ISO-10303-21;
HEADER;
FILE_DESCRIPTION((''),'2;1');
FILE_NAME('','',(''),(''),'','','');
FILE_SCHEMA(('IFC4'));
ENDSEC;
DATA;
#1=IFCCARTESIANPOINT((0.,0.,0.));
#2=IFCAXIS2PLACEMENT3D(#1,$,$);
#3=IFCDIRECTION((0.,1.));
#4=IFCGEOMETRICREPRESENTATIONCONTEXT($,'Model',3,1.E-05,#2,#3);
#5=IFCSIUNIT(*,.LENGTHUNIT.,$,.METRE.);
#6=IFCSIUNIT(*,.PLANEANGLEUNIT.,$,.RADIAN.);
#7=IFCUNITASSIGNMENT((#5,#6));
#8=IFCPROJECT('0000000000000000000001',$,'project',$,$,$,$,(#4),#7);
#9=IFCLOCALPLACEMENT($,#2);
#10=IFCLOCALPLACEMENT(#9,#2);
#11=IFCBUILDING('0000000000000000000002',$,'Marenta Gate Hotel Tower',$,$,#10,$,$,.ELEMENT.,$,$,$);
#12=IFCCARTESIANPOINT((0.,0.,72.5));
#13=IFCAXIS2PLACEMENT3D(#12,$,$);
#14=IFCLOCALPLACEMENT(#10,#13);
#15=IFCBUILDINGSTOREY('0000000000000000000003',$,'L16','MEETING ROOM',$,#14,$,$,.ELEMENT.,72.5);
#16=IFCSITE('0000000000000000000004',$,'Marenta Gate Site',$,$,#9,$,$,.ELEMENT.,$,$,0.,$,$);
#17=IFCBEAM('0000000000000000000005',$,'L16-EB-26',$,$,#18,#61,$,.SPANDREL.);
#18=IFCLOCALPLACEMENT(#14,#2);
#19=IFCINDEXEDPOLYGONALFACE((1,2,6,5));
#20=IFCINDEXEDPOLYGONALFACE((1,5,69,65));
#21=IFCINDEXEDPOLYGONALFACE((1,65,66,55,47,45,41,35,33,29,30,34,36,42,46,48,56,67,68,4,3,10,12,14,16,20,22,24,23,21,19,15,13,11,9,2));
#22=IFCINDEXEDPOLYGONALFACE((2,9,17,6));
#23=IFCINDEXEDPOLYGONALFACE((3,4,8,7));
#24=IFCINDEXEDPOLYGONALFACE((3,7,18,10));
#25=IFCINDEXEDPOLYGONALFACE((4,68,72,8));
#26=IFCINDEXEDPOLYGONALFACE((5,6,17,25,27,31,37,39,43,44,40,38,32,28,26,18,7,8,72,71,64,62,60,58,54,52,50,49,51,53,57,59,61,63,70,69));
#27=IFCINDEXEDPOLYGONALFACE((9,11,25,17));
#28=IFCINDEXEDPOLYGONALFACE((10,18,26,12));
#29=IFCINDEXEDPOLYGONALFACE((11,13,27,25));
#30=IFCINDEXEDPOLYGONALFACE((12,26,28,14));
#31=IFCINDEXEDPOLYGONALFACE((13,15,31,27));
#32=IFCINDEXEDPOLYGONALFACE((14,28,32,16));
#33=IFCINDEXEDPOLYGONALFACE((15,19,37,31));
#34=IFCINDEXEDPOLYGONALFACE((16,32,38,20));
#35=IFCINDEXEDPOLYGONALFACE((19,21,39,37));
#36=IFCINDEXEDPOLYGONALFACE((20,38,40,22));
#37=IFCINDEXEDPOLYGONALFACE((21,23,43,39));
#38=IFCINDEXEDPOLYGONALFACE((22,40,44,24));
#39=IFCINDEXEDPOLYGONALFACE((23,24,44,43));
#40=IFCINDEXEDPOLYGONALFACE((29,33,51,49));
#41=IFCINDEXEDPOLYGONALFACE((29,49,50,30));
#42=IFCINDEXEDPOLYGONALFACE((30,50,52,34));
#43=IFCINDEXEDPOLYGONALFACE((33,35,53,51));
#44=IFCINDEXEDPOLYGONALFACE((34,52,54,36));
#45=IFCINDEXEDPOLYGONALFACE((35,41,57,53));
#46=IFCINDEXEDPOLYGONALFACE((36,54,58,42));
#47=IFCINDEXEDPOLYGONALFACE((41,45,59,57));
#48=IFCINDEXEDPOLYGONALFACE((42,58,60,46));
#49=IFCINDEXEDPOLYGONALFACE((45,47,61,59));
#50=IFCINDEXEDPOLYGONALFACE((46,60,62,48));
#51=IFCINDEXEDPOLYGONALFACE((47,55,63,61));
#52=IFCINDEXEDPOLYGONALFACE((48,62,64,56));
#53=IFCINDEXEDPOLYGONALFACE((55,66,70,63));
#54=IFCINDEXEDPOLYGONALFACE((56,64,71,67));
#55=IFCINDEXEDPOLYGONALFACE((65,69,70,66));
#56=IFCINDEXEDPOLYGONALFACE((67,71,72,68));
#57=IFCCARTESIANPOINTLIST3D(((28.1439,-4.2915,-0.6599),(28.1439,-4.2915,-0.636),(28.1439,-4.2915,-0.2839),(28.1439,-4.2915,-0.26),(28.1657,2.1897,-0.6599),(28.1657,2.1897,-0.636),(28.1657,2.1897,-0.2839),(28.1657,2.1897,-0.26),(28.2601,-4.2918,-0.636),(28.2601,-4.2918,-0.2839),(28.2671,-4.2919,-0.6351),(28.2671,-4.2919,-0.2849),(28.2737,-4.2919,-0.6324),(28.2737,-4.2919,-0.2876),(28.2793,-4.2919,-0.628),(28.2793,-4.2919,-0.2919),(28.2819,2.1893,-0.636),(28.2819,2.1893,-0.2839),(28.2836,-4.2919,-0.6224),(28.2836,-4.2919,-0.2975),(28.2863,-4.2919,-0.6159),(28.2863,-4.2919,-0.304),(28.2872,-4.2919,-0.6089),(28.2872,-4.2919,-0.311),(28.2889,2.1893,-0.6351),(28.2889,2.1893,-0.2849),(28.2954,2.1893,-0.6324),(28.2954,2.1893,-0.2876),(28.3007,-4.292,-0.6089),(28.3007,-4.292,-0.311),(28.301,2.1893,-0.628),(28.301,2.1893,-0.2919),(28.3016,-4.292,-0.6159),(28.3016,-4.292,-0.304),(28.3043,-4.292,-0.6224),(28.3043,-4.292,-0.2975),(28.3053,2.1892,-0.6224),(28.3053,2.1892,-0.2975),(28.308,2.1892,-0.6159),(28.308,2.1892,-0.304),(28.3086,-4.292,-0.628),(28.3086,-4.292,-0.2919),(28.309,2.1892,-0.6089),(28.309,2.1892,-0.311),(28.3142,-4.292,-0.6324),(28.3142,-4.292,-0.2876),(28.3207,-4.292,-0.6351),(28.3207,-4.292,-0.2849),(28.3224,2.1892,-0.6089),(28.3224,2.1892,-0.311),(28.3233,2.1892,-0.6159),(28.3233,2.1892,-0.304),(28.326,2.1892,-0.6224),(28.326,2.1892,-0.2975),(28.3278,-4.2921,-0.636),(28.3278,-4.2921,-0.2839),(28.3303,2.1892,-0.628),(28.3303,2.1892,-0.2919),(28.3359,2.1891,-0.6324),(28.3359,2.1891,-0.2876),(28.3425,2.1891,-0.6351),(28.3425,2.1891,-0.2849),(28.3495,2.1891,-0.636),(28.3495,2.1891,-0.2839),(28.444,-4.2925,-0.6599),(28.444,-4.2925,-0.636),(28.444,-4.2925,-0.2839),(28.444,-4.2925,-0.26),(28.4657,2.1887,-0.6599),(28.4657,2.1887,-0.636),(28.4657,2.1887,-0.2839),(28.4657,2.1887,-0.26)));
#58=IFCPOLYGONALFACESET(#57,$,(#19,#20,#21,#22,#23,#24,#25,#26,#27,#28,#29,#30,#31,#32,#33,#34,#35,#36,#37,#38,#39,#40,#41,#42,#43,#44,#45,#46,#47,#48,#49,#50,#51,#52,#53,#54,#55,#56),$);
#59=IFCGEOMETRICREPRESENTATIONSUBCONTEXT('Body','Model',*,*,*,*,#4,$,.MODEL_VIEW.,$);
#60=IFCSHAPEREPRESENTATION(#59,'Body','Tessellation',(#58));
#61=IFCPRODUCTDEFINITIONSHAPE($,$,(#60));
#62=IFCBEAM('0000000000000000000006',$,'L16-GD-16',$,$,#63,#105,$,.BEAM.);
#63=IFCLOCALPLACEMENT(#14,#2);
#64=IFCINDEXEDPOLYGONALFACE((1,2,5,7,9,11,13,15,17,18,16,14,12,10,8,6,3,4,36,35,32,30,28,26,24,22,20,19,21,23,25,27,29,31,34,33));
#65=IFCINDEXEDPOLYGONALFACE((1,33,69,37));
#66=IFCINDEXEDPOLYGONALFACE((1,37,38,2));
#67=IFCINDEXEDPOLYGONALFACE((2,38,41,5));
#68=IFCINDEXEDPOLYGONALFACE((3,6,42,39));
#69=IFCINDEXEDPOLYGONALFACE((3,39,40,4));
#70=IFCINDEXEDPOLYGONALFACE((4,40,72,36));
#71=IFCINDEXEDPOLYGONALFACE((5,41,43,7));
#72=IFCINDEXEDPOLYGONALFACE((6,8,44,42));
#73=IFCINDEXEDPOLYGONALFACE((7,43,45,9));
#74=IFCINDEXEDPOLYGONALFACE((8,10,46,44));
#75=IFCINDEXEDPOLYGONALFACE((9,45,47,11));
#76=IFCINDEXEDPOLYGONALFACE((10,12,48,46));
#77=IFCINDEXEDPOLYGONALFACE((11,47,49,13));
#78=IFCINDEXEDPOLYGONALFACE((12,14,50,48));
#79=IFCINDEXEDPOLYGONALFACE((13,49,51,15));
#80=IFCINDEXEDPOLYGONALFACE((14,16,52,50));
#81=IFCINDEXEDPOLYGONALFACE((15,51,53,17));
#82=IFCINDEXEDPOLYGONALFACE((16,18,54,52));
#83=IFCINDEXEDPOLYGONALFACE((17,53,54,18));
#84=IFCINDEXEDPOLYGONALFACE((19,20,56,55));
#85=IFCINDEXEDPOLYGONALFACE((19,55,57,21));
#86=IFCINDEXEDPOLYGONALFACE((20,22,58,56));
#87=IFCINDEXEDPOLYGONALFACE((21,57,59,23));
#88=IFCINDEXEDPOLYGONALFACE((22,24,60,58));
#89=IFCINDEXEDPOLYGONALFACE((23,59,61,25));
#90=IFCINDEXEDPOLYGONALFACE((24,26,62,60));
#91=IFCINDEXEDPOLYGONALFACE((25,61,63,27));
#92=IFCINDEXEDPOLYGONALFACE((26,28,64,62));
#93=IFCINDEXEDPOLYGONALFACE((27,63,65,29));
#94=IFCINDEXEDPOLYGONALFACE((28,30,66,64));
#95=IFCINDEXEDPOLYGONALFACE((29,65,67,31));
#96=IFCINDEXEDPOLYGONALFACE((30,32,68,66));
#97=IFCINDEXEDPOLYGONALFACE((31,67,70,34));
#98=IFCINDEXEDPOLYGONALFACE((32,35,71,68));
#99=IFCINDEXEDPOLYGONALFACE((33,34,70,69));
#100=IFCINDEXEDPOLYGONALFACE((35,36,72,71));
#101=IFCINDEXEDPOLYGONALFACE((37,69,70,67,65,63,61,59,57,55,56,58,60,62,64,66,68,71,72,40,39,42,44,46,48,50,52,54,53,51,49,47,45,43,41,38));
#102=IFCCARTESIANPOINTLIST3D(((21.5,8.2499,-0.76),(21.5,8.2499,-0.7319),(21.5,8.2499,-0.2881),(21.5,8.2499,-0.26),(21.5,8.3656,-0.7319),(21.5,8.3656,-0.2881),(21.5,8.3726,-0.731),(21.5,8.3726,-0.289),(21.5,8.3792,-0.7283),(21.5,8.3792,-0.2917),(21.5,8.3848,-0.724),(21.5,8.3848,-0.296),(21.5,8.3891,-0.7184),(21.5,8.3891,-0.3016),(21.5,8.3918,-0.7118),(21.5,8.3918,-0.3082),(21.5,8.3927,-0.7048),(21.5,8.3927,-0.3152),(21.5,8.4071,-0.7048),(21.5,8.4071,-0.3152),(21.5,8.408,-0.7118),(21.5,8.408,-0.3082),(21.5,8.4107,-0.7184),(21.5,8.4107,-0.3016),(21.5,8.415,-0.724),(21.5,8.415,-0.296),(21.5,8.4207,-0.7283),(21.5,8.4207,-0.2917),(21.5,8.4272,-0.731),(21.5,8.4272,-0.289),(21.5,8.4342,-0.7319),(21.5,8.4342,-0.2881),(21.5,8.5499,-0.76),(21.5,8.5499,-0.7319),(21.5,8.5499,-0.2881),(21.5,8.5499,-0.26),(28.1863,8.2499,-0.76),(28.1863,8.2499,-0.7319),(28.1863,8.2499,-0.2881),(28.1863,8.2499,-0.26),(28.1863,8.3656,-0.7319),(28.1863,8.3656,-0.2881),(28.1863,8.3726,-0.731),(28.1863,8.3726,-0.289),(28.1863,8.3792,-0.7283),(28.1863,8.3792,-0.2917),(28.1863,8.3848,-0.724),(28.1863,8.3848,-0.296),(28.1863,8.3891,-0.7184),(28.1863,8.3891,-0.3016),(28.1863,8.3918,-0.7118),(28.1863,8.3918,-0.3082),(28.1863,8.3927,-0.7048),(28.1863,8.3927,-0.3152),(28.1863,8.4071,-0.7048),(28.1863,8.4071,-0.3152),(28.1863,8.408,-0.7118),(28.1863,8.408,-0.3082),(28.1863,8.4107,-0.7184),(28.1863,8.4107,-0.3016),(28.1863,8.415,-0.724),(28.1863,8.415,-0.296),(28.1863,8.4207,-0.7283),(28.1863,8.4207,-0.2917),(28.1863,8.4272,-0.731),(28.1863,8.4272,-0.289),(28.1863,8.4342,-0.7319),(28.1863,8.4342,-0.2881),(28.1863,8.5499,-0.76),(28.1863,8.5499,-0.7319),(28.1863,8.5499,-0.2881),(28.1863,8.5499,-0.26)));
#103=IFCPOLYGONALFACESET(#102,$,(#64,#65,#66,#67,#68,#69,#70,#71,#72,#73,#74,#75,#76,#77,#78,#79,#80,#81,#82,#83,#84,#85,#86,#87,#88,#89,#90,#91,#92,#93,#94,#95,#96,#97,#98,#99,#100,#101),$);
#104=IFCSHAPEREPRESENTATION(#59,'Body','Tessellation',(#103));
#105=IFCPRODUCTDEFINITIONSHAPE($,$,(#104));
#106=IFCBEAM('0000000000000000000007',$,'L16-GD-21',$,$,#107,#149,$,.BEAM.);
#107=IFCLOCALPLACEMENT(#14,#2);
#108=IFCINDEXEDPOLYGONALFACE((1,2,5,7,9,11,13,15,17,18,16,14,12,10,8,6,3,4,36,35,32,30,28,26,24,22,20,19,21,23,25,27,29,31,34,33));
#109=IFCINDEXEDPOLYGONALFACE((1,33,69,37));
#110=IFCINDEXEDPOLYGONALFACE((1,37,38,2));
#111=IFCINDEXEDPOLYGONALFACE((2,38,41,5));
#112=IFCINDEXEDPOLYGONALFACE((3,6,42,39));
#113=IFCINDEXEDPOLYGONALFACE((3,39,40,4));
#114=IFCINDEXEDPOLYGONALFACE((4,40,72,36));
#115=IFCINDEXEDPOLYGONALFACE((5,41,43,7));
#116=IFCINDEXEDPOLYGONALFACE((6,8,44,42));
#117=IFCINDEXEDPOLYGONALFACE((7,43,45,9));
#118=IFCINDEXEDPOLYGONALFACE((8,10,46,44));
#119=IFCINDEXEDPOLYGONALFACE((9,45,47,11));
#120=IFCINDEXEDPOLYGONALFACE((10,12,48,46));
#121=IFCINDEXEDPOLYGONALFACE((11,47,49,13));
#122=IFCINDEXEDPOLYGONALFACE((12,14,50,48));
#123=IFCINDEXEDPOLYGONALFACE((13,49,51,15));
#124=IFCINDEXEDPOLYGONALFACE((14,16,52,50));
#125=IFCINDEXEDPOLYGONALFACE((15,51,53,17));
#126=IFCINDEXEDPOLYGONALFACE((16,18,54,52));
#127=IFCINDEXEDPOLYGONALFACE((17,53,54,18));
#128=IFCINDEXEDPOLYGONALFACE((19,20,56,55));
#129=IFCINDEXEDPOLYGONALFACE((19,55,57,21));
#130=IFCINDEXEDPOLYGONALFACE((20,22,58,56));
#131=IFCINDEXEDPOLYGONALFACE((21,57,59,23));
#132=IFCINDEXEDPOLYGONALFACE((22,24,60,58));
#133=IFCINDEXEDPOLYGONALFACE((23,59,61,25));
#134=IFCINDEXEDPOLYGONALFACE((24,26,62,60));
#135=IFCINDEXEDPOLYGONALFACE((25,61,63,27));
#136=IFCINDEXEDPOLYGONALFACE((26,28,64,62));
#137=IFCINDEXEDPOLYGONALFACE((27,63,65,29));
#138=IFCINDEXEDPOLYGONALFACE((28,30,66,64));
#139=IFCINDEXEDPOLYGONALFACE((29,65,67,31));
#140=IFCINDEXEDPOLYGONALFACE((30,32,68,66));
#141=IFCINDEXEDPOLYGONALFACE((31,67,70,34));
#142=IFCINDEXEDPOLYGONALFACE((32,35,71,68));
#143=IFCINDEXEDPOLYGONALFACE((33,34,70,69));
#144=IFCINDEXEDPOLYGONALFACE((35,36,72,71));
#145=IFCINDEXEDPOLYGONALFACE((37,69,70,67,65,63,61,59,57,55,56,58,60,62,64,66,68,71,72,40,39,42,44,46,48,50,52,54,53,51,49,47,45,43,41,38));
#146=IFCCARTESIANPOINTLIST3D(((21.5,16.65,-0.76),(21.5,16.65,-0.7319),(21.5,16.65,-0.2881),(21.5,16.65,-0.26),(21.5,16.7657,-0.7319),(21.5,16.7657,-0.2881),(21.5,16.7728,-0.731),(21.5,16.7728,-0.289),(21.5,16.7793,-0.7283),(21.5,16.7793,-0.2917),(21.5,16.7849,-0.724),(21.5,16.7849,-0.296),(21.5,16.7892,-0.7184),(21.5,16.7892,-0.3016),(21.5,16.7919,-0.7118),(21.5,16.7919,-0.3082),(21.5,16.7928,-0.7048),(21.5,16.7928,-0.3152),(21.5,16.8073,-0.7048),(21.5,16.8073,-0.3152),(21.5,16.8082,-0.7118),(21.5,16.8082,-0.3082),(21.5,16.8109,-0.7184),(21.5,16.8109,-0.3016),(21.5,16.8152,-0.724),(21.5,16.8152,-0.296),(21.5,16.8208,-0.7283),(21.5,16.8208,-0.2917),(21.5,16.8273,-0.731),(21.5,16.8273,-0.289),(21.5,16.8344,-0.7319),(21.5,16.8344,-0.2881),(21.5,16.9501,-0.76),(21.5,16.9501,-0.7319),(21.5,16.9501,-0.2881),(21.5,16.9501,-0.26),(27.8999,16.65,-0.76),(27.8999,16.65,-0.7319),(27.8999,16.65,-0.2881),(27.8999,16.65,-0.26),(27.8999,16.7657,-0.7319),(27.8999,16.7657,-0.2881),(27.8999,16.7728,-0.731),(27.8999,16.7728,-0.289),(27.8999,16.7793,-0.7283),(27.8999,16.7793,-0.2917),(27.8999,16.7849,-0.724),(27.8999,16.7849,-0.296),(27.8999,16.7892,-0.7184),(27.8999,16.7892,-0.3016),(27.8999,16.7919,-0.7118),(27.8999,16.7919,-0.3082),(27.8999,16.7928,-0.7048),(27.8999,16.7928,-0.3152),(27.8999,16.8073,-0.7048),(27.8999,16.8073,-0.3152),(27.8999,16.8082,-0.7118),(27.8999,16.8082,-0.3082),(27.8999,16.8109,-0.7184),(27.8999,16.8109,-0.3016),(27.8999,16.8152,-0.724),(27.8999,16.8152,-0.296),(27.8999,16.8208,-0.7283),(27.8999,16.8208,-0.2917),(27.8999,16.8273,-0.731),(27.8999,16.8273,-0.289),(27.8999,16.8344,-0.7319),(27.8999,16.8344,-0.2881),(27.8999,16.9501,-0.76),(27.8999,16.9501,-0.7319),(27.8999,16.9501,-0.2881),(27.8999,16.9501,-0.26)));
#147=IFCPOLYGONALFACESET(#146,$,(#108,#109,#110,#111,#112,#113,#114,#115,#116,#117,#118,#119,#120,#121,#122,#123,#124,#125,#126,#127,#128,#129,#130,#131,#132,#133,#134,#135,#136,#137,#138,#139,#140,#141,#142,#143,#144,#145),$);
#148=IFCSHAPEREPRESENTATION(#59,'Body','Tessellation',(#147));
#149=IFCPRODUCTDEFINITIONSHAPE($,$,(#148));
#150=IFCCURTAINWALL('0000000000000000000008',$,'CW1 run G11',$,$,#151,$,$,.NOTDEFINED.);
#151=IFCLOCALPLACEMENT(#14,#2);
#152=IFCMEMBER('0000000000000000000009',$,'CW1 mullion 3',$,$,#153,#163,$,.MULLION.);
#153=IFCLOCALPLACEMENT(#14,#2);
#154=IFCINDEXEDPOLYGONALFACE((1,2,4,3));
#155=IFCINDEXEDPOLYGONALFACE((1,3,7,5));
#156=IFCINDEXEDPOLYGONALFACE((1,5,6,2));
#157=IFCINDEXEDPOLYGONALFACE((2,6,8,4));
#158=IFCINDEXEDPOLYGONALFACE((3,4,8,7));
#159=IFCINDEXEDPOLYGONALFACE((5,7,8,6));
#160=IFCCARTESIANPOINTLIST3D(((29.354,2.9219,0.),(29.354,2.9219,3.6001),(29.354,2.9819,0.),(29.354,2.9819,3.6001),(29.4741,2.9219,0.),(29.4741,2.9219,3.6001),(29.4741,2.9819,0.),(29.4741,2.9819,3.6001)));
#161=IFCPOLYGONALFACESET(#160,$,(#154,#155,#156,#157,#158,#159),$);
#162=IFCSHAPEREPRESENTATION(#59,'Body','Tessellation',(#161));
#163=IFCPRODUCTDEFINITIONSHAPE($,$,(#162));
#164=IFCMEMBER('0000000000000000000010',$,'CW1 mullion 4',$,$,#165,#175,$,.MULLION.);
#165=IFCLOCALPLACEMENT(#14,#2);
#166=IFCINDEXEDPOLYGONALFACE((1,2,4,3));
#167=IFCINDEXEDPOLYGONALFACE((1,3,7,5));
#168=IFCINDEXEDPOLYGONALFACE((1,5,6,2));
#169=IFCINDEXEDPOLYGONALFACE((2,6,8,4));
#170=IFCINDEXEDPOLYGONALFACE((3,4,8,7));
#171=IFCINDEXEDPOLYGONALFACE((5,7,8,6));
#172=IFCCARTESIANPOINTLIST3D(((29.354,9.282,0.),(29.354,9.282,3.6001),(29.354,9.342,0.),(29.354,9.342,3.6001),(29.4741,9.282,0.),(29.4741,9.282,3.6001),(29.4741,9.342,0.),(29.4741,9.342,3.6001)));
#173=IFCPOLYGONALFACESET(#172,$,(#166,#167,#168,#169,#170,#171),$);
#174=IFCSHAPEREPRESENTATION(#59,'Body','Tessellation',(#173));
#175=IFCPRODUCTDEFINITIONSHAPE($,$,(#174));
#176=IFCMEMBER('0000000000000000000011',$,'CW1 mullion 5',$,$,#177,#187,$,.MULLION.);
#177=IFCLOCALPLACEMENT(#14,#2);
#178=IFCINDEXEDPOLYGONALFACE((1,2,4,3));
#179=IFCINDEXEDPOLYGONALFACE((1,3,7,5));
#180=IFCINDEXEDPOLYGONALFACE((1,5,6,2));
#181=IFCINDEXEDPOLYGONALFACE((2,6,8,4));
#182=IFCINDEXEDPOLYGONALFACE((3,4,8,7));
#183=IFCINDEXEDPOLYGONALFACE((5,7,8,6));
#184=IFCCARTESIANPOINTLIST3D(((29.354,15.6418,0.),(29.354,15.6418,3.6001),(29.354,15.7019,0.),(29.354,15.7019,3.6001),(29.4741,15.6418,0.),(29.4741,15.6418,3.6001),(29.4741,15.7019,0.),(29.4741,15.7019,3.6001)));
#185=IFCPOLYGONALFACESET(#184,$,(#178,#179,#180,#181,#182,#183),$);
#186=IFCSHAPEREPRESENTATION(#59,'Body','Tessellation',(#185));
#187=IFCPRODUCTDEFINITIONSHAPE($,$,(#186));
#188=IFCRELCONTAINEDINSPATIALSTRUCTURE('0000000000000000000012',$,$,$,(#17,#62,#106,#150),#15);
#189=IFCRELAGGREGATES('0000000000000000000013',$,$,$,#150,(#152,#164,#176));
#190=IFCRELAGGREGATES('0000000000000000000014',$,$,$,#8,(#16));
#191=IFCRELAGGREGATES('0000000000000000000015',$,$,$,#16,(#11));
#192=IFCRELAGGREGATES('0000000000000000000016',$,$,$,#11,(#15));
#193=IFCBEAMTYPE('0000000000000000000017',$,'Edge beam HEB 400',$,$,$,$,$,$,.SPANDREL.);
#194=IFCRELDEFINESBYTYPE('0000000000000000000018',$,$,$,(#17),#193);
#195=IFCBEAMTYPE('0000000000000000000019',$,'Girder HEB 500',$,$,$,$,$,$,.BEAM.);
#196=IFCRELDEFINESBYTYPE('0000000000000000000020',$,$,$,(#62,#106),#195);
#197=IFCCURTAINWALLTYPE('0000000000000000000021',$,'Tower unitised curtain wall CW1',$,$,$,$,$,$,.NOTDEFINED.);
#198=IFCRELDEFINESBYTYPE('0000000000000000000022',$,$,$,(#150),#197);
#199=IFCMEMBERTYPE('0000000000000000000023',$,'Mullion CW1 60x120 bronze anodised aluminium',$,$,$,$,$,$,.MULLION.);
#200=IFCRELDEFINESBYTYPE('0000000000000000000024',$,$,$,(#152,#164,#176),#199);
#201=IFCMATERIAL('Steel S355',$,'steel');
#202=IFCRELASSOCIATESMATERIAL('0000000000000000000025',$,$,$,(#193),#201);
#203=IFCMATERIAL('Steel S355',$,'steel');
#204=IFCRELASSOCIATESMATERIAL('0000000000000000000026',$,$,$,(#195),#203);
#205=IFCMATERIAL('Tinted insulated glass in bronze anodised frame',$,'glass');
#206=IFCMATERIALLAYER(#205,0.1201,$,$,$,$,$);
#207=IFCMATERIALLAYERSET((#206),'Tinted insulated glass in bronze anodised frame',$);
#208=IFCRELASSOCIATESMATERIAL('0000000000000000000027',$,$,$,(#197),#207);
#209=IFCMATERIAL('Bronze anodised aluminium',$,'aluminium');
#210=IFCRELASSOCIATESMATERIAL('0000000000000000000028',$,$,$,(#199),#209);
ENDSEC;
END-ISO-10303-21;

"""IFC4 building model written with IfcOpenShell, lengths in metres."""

from ifc_helpers import new_model, si_unit, direction, frame, origin, origin_2d, place, context, subcontext, project, spatial, rectangle, i_section, extrude, material, layer, layer_set, material_profile, profile_set, type_object, element, aggregate, save


model = new_model("IFC4")

# Units and contexts
model_context = context("Model", 3, precision=1e-05, world=origin(), true_north=direction((0.0, 1.0)))
body_context = subcontext(model_context, "Body", "Model", "MODEL_VIEW")
ifc_project = project(units=[si_unit("LENGTHUNIT", "METRE"), si_unit("PLANEANGLEUNIT", "RADIAN")], contexts=[model_context])

# Site, building, storey
site_placement = place(None, origin())
site = spatial("IfcSite", under=ifc_project, at=site_placement, Name="Marenta Gate Site", CompositionType="ELEMENT", RefElevation=0.0)
building_placement = place(site_placement, origin())
building = spatial("IfcBuilding", under=site, at=building_placement, Name="Marenta Gate Hotel Tower", CompositionType="ELEMENT")
storey_placement = place(building_placement, frame((0.0, 0.0, 72.5)))
storey = spatial("IfcBuildingStorey", under=building, at=storey_placement, Name="L16", Description="MEETING ROOM", CompositionType="ELEMENT", Elevation=72.5)

# Beams
ifc_material_1 = material(Name="Steel S355", Category="steel")
ifc_material_profile_1 = material_profile(ifc_material_1, i_section(OverallWidth=0.3, OverallDepth=0.3999, WebThickness=0.0134, FlangeThickness=0.0239, FilletRadius=0.0271, at=origin_2d()), Name="HEB 400")
ifc_profile_set_1 = profile_set([ifc_material_profile_1], Name="Steel S355")
beam_type_1 = type_object("IfcBeamType", Name="Edge beam HEB 400", PredefinedType="SPANDREL", material=ifc_profile_set_1)
beam_1_placement = place(storey_placement, frame((28.3157, 2.1892, -0.46), z_axis=(-0.003353, -0.999994, 0.0), x_axis=(0.999994, -0.003353, 0.0)))
element("IfcBeam", 1, at=beam_1_placement, inside=storey, type_object=beam_type_1, Name="L16-EB-26", PredefinedType="SPANDREL", context=body_context, shape_type="SweptSolid", body=[
    extrude(i_section(OverallWidth=0.3, OverallDepth=0.3999, WebThickness=0.0134, FlangeThickness=0.0239, FilletRadius=0.0271, at=origin_2d()), origin(), (0.0, 0.0, 1.0), 6.4812),
])
ifc_material_2 = material(Name="Steel S355", Category="steel")
ifc_material_profile_2 = material_profile(ifc_material_2, i_section(OverallWidth=0.3, OverallDepth=0.5, WebThickness=0.0144, FlangeThickness=0.0281, FilletRadius=0.0271, at=origin_2d()), Name="HEB 500")
ifc_profile_set_2 = profile_set([ifc_material_profile_2], Name="Steel S355")
beam_type_2 = type_object("IfcBeamType", Name="Girder HEB 500", PredefinedType="BEAM", material=ifc_profile_set_2)
beam_2_placement = place(storey_placement, frame((21.5, 8.3999, -0.51), z_axis=(1.0, 0.0, 0.0), x_axis=(0.0, 1.0, 0.0)))
element("IfcBeam", 2, at=beam_2_placement, inside=storey, type_object=beam_type_2, Name="L16-GD-16", PredefinedType="BEAM", context=body_context, shape_type="SweptSolid", body=[
    extrude(i_section(OverallWidth=0.3, OverallDepth=0.5, WebThickness=0.0144, FlangeThickness=0.0281, FilletRadius=0.0271, at=origin_2d()), origin(), (0.0, 0.0, 1.0), 6.6863),
])
beam_3_placement = place(storey_placement, frame((21.5, 16.8, -0.51), z_axis=(1.0, 0.0, 0.0), x_axis=(0.0, 1.0, 0.0)))
element("IfcBeam", 3, at=beam_3_placement, inside=storey, type_object=beam_type_2, Name="L16-GD-21", PredefinedType="BEAM", context=body_context, shape_type="SweptSolid", body=[
    extrude(i_section(OverallWidth=0.3, OverallDepth=0.5, WebThickness=0.0144, FlangeThickness=0.0281, FilletRadius=0.0271, at=origin_2d()), origin(), (0.0, 0.0, 1.0), 6.3999),
])

# Curtain wall, members
ifc_material_3 = material(Name="Tinted insulated glass in bronze anodised frame", Category="glass")
ifc_layer_1 = layer(ifc_material_3, 0.1201)
ifc_layer_set_1 = layer_set([ifc_layer_1], Name="Tinted insulated glass in bronze anodised frame")
curtain_wall_type = type_object("IfcCurtainWallType", Name="Tower unitised curtain wall CW1", PredefinedType="NOTDEFINED", material=ifc_layer_set_1)
curtain_wall_placement = place(storey_placement, origin())
curtain_wall = element("IfcCurtainWall", 4, at=curtain_wall_placement, inside=storey, type_object=curtain_wall_type, Name="CW1 run G11", PredefinedType="NOTDEFINED")
ifc_material_4 = material(Name="Bronze anodised aluminium", Category="aluminium")
ifc_material_profile_3 = material_profile(ifc_material_4, rectangle(XDim=0.1201, YDim=0.0601, at=origin_2d()), Name="Mullion CW1 60x120 bronze anodised aluminium")
ifc_profile_set_3 = profile_set([ifc_material_profile_3], Name="Bronze anodised aluminium")
member_type_1 = type_object("IfcMemberType", Name="Mullion CW1 60x120 bronze anodised aluminium", PredefinedType="MULLION", material=ifc_profile_set_3)
member_1_placement = place(storey_placement, frame((29.4141, 2.9519, 0.0), z_axis=(0.0, 0.0, 1.0), x_axis=(-1.0, 0.0, 0.0)))
member_1 = element("IfcMember", 5, at=member_1_placement, type_object=member_type_1, Name="CW1 mullion 3", PredefinedType="MULLION", context=body_context, shape_type="SweptSolid", body=[
    extrude(rectangle(XDim=0.1201, YDim=0.0601, at=origin_2d()), origin(), (0.0, 0.0, 1.0), 3.6001),
])
member_2_placement = place(storey_placement, frame((29.4141, 9.312, 0.0), z_axis=(0.0, 0.0, 1.0), x_axis=(-1.0, 0.0, 0.0)))
member_2 = element("IfcMember", 6, at=member_2_placement, type_object=member_type_1, Name="CW1 mullion 4", PredefinedType="MULLION", context=body_context, shape_type="SweptSolid", body=[
    extrude(rectangle(XDim=0.1201, YDim=0.0601, at=origin_2d()), origin(), (0.0, 0.0, 1.0), 3.6001),
])
member_3_placement = place(storey_placement, frame((29.4141, 15.6719, 0.0), z_axis=(0.0, 0.0, 1.0), x_axis=(-1.0, 0.0, 0.0)))
member_3 = element("IfcMember", 7, at=member_3_placement, type_object=member_type_1, Name="CW1 mullion 5", PredefinedType="MULLION", context=body_context, shape_type="SweptSolid", body=[
    extrude(rectangle(XDim=0.1201, YDim=0.0601, at=origin_2d()), origin(), (0.0, 0.0, 1.0), 3.6001),
])
aggregate(curtain_wall, [member_1, member_2, member_3])

save(model, "model.ifc")
